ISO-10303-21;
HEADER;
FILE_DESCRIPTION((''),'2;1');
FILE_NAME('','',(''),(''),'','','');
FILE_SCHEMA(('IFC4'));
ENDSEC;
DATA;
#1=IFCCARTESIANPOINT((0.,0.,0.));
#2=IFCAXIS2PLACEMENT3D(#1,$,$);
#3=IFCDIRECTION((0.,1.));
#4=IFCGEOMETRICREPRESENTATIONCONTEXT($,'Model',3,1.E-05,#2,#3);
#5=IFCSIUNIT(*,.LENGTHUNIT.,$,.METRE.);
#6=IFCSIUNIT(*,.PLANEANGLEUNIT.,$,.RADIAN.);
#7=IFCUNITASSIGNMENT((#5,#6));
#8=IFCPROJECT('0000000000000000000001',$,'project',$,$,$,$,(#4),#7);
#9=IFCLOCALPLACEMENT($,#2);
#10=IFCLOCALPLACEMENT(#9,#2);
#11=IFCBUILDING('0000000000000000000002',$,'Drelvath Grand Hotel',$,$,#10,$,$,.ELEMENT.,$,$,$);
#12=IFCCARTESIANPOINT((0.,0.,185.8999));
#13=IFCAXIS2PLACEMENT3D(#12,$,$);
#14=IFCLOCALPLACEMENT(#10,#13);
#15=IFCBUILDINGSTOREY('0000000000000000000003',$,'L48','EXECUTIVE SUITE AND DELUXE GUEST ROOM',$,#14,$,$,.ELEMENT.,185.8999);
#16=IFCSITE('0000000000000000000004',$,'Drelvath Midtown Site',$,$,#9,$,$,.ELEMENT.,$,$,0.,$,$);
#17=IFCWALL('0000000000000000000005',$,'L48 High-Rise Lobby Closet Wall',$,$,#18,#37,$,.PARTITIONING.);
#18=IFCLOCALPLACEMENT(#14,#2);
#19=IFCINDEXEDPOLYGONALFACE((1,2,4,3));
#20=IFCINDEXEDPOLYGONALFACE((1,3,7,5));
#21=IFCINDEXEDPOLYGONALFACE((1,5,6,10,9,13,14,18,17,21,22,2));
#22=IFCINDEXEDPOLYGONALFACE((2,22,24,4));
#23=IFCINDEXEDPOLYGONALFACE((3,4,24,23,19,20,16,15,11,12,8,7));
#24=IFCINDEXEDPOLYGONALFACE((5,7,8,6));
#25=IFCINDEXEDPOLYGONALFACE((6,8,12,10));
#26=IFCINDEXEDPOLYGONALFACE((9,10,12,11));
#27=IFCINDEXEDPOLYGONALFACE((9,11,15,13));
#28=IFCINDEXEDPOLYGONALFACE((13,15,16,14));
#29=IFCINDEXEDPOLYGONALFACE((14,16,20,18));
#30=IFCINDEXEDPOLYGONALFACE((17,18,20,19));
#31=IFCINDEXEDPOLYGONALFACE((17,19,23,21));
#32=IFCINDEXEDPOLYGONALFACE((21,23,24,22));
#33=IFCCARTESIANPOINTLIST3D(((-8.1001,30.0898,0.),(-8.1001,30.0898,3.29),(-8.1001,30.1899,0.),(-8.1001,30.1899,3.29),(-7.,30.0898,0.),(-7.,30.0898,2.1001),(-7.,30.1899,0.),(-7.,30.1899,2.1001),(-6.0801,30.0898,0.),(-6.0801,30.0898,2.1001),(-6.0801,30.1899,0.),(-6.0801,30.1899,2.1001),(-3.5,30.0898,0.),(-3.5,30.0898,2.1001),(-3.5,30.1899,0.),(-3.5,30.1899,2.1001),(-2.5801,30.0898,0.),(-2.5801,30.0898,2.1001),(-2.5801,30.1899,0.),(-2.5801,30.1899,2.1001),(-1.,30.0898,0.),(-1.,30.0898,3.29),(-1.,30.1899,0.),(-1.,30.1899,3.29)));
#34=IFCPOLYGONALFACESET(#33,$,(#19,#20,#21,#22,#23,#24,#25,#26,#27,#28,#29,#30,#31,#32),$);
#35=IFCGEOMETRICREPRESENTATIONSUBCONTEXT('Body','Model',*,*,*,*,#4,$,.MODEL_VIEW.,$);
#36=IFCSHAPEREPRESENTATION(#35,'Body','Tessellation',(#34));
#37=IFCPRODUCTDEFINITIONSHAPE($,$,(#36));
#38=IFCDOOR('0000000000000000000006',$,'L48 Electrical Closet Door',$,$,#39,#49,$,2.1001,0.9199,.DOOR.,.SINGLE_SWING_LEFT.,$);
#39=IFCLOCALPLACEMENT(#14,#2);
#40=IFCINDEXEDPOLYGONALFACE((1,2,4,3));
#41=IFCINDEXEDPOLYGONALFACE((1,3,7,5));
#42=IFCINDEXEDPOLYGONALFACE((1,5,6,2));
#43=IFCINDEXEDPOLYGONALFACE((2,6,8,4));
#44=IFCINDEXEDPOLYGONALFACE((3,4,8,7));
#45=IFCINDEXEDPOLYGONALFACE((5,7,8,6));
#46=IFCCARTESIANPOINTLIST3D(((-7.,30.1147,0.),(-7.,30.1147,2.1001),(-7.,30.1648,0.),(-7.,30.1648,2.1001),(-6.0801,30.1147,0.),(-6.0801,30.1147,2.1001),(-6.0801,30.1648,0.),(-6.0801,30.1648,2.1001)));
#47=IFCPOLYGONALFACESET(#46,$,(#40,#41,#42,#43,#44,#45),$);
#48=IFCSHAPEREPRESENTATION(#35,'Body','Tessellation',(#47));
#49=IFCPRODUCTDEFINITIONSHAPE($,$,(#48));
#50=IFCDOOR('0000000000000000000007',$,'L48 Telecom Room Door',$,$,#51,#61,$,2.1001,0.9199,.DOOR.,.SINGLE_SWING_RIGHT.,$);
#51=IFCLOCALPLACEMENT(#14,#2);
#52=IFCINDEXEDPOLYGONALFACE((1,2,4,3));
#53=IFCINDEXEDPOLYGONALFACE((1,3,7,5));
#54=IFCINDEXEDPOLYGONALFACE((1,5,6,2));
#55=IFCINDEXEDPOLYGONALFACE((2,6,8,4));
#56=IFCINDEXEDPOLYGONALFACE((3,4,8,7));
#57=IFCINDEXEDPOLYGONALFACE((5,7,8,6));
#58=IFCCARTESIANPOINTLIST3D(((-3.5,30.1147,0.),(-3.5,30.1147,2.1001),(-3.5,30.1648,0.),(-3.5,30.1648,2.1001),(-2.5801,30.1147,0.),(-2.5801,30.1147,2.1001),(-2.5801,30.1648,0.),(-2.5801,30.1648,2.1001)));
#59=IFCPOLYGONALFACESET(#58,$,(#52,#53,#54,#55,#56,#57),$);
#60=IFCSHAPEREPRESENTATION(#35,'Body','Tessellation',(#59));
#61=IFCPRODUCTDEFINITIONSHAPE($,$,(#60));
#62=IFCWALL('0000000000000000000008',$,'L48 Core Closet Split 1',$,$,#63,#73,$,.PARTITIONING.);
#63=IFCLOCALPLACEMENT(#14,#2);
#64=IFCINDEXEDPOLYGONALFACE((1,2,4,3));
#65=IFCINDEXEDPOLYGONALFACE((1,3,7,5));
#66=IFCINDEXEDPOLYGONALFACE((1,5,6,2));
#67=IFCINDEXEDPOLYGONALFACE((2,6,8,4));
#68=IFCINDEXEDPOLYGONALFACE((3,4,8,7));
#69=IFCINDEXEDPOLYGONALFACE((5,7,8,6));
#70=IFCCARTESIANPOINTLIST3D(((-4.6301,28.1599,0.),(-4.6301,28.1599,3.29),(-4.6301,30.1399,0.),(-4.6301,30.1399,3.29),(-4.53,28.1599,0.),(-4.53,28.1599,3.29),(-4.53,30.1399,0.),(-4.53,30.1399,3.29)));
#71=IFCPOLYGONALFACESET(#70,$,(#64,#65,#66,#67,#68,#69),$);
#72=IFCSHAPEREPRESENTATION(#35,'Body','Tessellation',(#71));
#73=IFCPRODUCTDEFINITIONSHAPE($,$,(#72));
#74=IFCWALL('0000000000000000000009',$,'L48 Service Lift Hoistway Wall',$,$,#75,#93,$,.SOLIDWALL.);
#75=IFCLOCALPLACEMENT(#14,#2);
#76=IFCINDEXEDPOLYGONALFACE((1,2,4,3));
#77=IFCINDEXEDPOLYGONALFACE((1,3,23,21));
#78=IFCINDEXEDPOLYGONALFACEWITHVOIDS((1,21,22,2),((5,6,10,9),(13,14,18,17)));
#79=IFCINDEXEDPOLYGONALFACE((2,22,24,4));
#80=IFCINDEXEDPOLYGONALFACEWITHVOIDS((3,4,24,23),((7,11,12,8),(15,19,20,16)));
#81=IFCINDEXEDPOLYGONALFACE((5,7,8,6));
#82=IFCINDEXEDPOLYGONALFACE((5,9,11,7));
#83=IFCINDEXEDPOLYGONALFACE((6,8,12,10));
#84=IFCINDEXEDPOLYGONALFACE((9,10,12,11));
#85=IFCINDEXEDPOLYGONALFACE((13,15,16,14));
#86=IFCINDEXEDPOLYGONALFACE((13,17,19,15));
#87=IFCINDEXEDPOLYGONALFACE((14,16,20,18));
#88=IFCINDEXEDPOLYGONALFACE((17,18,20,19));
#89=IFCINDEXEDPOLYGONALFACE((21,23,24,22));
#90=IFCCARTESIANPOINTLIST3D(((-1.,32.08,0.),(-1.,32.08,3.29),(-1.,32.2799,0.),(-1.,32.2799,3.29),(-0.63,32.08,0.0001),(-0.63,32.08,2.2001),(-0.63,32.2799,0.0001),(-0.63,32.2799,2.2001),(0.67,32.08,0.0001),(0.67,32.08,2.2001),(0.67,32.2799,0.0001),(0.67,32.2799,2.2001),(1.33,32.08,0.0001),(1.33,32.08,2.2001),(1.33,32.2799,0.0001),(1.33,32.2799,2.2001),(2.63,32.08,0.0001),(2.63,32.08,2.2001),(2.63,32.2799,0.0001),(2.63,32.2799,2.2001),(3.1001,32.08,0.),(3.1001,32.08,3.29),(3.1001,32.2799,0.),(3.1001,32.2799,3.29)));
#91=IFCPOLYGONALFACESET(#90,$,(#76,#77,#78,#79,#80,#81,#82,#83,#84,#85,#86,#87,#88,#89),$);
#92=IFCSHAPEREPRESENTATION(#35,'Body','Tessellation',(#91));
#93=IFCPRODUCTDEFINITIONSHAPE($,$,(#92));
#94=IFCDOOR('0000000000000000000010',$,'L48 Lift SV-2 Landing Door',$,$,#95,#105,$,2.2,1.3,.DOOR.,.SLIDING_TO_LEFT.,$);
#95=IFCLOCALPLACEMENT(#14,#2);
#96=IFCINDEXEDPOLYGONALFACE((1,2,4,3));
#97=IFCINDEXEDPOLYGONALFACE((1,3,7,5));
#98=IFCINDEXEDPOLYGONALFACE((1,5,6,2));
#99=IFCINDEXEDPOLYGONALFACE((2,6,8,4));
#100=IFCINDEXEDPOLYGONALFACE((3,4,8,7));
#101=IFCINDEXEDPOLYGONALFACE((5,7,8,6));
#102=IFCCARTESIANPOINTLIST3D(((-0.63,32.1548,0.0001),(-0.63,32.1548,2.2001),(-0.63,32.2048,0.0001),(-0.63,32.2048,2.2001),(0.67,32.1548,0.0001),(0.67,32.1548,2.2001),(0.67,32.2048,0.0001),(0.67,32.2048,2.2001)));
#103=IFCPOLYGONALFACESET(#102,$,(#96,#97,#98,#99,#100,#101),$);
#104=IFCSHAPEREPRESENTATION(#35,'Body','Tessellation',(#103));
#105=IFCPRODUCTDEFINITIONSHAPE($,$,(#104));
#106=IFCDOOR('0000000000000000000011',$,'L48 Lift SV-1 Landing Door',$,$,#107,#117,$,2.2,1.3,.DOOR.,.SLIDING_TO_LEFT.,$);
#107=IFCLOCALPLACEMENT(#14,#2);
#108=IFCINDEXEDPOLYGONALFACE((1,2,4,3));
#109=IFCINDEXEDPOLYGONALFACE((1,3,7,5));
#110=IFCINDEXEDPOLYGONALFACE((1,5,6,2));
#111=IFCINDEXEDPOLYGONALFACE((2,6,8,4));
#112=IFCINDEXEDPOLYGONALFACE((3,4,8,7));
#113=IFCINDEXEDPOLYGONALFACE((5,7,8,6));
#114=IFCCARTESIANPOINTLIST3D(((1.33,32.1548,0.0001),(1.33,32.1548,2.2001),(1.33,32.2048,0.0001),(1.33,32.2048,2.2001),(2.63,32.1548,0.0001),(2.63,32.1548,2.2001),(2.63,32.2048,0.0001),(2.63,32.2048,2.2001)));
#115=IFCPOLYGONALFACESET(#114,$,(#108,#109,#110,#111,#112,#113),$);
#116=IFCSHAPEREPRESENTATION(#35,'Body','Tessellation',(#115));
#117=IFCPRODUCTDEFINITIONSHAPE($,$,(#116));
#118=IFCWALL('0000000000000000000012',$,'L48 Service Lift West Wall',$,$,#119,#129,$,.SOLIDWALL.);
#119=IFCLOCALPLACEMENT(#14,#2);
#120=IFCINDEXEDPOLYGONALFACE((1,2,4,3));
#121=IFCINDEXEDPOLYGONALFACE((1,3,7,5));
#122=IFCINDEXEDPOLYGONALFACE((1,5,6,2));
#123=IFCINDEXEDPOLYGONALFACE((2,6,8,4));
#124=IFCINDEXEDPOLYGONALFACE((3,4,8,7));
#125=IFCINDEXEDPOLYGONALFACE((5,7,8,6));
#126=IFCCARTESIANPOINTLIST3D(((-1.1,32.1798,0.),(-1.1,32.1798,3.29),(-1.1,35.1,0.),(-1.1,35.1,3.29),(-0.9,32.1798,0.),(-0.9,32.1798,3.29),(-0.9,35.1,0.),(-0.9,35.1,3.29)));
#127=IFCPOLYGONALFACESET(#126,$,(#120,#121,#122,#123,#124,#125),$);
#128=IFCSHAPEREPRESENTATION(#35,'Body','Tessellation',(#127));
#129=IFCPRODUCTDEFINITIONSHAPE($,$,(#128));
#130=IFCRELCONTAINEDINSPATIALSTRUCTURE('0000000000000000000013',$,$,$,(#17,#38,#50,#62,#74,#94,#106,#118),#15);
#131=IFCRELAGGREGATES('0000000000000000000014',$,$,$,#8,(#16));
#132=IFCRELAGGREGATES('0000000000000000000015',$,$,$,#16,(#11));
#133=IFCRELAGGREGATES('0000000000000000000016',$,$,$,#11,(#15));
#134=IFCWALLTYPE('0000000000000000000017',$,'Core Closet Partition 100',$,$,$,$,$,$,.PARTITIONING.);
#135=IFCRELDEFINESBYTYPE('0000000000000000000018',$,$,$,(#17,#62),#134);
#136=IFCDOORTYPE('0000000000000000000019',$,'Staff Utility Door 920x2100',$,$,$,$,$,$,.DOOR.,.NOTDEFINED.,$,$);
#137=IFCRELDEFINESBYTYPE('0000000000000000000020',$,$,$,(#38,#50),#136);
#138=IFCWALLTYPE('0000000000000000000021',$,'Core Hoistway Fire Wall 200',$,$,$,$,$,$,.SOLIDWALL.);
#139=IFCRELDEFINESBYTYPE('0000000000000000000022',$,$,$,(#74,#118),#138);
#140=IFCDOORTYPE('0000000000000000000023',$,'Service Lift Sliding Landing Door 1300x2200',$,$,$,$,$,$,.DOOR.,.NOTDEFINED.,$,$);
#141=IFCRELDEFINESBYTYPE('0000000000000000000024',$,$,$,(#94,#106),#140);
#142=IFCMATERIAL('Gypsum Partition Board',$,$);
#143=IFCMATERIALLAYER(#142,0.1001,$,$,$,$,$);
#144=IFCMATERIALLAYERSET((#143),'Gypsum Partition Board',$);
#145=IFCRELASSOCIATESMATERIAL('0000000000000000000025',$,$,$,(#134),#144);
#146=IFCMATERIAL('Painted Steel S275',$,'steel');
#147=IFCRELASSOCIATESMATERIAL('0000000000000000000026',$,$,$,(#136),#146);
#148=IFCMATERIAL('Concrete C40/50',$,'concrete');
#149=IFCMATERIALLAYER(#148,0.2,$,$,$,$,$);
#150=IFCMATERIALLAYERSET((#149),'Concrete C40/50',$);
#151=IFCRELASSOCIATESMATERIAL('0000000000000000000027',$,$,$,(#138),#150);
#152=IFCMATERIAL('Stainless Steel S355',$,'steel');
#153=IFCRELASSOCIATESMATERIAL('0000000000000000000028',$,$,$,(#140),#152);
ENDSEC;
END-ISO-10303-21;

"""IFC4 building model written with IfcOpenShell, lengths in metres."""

from ifc_helpers import new_model, si_unit, direction, frame, frame_2d, origin, place, context, subcontext, project, spatial, rectangle, extrude, material, layer, layer_set, type_object, element, fill, save


model = new_model("IFC4")

# Units and contexts
model_context = context("Model", 3, precision=1e-05, world=origin(), true_north=direction((0.0, 1.0)))
body_context = subcontext(model_context, "Body", "Model", "MODEL_VIEW")
ifc_project = project(units=[si_unit("LENGTHUNIT", "METRE"), si_unit("PLANEANGLEUNIT", "RADIAN")], contexts=[model_context])

# Site, building, storey
site_placement = place(None, origin())
site = spatial("IfcSite", under=ifc_project, at=site_placement, Name="Drelvath Midtown Site", CompositionType="ELEMENT", RefElevation=0.0)
building_placement = place(site_placement, origin())
building = spatial("IfcBuilding", under=site, at=building_placement, Name="Drelvath Grand Hotel", CompositionType="ELEMENT")
storey_placement = place(building_placement, frame((0.0, 0.0, 185.8999)))
storey = spatial("IfcBuildingStorey", under=building, at=storey_placement, Name="L48", Description="EXECUTIVE SUITE AND DELUXE GUEST ROOM", CompositionType="ELEMENT", Elevation=185.8999)

# Wall, openings, doors
ifc_material_1 = material(Name="Gypsum Partition Board")
ifc_layer_1 = layer(ifc_material_1, 0.1001)
ifc_layer_set_1 = layer_set([ifc_layer_1], Name="Gypsum Partition Board")
wall_type_1 = type_object("IfcWallType", Name="Core Closet Partition 100", PredefinedType="PARTITIONING", material=ifc_layer_set_1)
wall_1_placement = place(storey_placement, frame((-8.1001, 30.1399, 0.0), z_axis=(0.0, 0.0, 1.0), x_axis=(1.0, 0.0, 0.0)))
wall_1 = element("IfcWall", 1, at=wall_1_placement, inside=storey, type_object=wall_type_1, Name="L48 High-Rise Lobby Closet Wall", PredefinedType="PARTITIONING", context=body_context, shape_type="SweptSolid", body=[
    extrude(rectangle(XDim=7.1001, YDim=0.1001, at=frame_2d((3.55, 0.0))), origin(), (0.0, 0.0, 1.0), 3.29),
])
opening_1_placement = place(wall_1_placement, frame((1.1001, 0.0, 0.0)))
opening_1 = element("IfcOpeningElement", 2, at=opening_1_placement, cuts=wall_1, PredefinedType="OPENING", context=body_context, shape_type="SweptSolid", body=[
    extrude(rectangle(XDim=0.9199, YDim=2.1001, at=frame_2d((0.46, 1.05))), frame((0.0, 0.0601, 0.0), z_axis=(0.0, -1.0, 0.0), x_axis=(1.0, 0.0, 0.0)), (0.0, 0.0, 1.0), 0.1201),
])
opening_2_placement = place(wall_1_placement, frame((4.6001, 0.0, 0.0)))
opening_2 = element("IfcOpeningElement", 3, at=opening_2_placement, cuts=wall_1, PredefinedType="OPENING", context=body_context, shape_type="SweptSolid", body=[
    extrude(rectangle(XDim=0.9199, YDim=2.1001, at=frame_2d((0.46, 1.05))), frame((0.0, 0.0601, 0.0), z_axis=(0.0, -1.0, 0.0), x_axis=(1.0, 0.0, 0.0)), (0.0, 0.0, 1.0), 0.1201),
])
ifc_material_2 = material(Name="Painted Steel S275", Category="steel")
door_type_1 = type_object("IfcDoorType", Name="Staff Utility Door 920x2100", OperationType="NOTDEFINED", PredefinedType="DOOR", material=ifc_material_2)
door_1_placement = place(opening_1_placement, origin())
door_1 = element("IfcDoor", 4, at=door_1_placement, inside=storey, type_object=door_type_1, Name="L48 Electrical Closet Door", OperationType="SINGLE_SWING_LEFT", OverallHeight=2.1001, OverallWidth=0.9199, PredefinedType="DOOR", context=body_context, shape_type="SweptSolid", body=[
    extrude(rectangle(XDim=0.9199, YDim=2.1001, at=frame_2d((0.46, 1.05))), frame((0.0, 0.0249, 0.0), z_axis=(0.0, -1.0, 0.0), x_axis=(1.0, 0.0, 0.0)), (0.0, 0.0, 1.0), 0.05),
])
fill(opening_1, door_1)
door_2_placement = place(opening_2_placement, origin())
door_2 = element("IfcDoor", 5, at=door_2_placement, inside=storey, type_object=door_type_1, Name="L48 Telecom Room Door", OperationType="SINGLE_SWING_RIGHT", OverallHeight=2.1001, OverallWidth=0.9199, PredefinedType="DOOR", context=body_context, shape_type="SweptSolid", body=[
    extrude(rectangle(XDim=0.9199, YDim=2.1001, at=frame_2d((0.46, 1.05))), frame((0.0, 0.0249, 0.0), z_axis=(0.0, -1.0, 0.0), x_axis=(1.0, 0.0, 0.0)), (0.0, 0.0, 1.0), 0.05),
])
fill(opening_2, door_2)

# Wall
wall_2_placement = place(storey_placement, frame((-4.5801, 28.1599, 0.0), z_axis=(0.0, 0.0, 1.0), x_axis=(0.0, 1.0, 0.0)))
element("IfcWall", 6, at=wall_2_placement, inside=storey, type_object=wall_type_1, Name="L48 Core Closet Split 1", PredefinedType="PARTITIONING", context=body_context, shape_type="SweptSolid", body=[
    extrude(rectangle(XDim=1.98, YDim=0.1001, at=frame_2d((0.99, 0.0))), origin(), (0.0, 0.0, 1.0), 3.29),
])

# Wall, openings, doors
ifc_material_3 = material(Name="Concrete C40/50", Category="concrete")
ifc_layer_2 = layer(ifc_material_3, 0.2)
ifc_layer_set_2 = layer_set([ifc_layer_2], Name="Concrete C40/50")
wall_type_2 = type_object("IfcWallType", Name="Core Hoistway Fire Wall 200", PredefinedType="SOLIDWALL", material=ifc_layer_set_2)
wall_3_placement = place(storey_placement, frame((-1.0, 32.1799, 0.0), z_axis=(0.0, 0.0, 1.0), x_axis=(1.0, 0.0, 0.0)))
wall_3 = element("IfcWall", 7, at=wall_3_placement, inside=storey, type_object=wall_type_2, Name="L48 Service Lift Hoistway Wall", PredefinedType="SOLIDWALL", context=body_context, shape_type="SweptSolid", body=[
    extrude(rectangle(XDim=4.1001, YDim=0.2, at=frame_2d((2.05, 0.0))), origin(), (0.0, 0.0, 1.0), 3.29),
])
opening_3_placement = place(wall_3_placement, frame((0.3701, 0.0, 0.0)))
opening_3 = element("IfcOpeningElement", 8, at=opening_3_placement, cuts=wall_3, PredefinedType="OPENING", context=body_context, shape_type="SweptSolid", body=[
    extrude(rectangle(XDim=1.3, YDim=2.2, at=frame_2d((0.6499, 1.1001))), frame((0.0, 0.1099, 0.0), z_axis=(0.0, -1.0, 0.0), x_axis=(1.0, 0.0, 0.0)), (0.0, 0.0, 1.0), 0.22),
])
opening_4_placement = place(wall_3_placement, frame((2.3301, 0.0, 0.0)))
opening_4 = element("IfcOpeningElement", 9, at=opening_4_placement, cuts=wall_3, PredefinedType="OPENING", context=body_context, shape_type="SweptSolid", body=[
    extrude(rectangle(XDim=1.3, YDim=2.2, at=frame_2d((0.6499, 1.1001))), frame((0.0, 0.1099, 0.0), z_axis=(0.0, -1.0, 0.0), x_axis=(1.0, 0.0, 0.0)), (0.0, 0.0, 1.0), 0.22),
])
ifc_material_4 = material(Name="Stainless Steel S355", Category="steel")
door_type_2 = type_object("IfcDoorType", Name="Service Lift Sliding Landing Door 1300x2200", OperationType="NOTDEFINED", PredefinedType="DOOR", material=ifc_material_4)
door_3_placement = place(opening_3_placement, origin())
door_3 = element("IfcDoor", 10, at=door_3_placement, inside=storey, type_object=door_type_2, Name="L48 Lift SV-2 Landing Door", OperationType="SLIDING_TO_LEFT", OverallHeight=2.2, OverallWidth=1.3, PredefinedType="DOOR", context=body_context, shape_type="SweptSolid", body=[
    extrude(rectangle(XDim=1.3, YDim=2.2, at=frame_2d((0.6499, 1.1001))), frame((0.0, 0.0249, 0.0), z_axis=(0.0, -1.0, 0.0), x_axis=(1.0, 0.0, 0.0)), (0.0, 0.0, 1.0), 0.05),
])
fill(opening_3, door_3)
door_4_placement = place(opening_4_placement, origin())
door_4 = element("IfcDoor", 11, at=door_4_placement, inside=storey, type_object=door_type_2, Name="L48 Lift SV-1 Landing Door", OperationType="SLIDING_TO_LEFT", OverallHeight=2.2, OverallWidth=1.3, PredefinedType="DOOR", context=body_context, shape_type="SweptSolid", body=[
    extrude(rectangle(XDim=1.3, YDim=2.2, at=frame_2d((0.6499, 1.1001))), frame((0.0, 0.0249, 0.0), z_axis=(0.0, -1.0, 0.0), x_axis=(1.0, 0.0, 0.0)), (0.0, 0.0, 1.0), 0.05),
])
fill(opening_4, door_4)

# Wall
wall_4_placement = place(storey_placement, frame((-1.0, 32.1799, 0.0), z_axis=(0.0, 0.0, 1.0), x_axis=(0.0, 1.0, 0.0)))
element("IfcWall", 12, at=wall_4_placement, inside=storey, type_object=wall_type_2, Name="L48 Service Lift West Wall", PredefinedType="SOLIDWALL", context=body_context, shape_type="SweptSolid", body=[
    extrude(rectangle(XDim=2.9202, YDim=0.2, at=frame_2d((1.46, 0.0))), origin(), (0.0, 0.0, 1.0), 3.29),
])

save(model, "model.ifc")
